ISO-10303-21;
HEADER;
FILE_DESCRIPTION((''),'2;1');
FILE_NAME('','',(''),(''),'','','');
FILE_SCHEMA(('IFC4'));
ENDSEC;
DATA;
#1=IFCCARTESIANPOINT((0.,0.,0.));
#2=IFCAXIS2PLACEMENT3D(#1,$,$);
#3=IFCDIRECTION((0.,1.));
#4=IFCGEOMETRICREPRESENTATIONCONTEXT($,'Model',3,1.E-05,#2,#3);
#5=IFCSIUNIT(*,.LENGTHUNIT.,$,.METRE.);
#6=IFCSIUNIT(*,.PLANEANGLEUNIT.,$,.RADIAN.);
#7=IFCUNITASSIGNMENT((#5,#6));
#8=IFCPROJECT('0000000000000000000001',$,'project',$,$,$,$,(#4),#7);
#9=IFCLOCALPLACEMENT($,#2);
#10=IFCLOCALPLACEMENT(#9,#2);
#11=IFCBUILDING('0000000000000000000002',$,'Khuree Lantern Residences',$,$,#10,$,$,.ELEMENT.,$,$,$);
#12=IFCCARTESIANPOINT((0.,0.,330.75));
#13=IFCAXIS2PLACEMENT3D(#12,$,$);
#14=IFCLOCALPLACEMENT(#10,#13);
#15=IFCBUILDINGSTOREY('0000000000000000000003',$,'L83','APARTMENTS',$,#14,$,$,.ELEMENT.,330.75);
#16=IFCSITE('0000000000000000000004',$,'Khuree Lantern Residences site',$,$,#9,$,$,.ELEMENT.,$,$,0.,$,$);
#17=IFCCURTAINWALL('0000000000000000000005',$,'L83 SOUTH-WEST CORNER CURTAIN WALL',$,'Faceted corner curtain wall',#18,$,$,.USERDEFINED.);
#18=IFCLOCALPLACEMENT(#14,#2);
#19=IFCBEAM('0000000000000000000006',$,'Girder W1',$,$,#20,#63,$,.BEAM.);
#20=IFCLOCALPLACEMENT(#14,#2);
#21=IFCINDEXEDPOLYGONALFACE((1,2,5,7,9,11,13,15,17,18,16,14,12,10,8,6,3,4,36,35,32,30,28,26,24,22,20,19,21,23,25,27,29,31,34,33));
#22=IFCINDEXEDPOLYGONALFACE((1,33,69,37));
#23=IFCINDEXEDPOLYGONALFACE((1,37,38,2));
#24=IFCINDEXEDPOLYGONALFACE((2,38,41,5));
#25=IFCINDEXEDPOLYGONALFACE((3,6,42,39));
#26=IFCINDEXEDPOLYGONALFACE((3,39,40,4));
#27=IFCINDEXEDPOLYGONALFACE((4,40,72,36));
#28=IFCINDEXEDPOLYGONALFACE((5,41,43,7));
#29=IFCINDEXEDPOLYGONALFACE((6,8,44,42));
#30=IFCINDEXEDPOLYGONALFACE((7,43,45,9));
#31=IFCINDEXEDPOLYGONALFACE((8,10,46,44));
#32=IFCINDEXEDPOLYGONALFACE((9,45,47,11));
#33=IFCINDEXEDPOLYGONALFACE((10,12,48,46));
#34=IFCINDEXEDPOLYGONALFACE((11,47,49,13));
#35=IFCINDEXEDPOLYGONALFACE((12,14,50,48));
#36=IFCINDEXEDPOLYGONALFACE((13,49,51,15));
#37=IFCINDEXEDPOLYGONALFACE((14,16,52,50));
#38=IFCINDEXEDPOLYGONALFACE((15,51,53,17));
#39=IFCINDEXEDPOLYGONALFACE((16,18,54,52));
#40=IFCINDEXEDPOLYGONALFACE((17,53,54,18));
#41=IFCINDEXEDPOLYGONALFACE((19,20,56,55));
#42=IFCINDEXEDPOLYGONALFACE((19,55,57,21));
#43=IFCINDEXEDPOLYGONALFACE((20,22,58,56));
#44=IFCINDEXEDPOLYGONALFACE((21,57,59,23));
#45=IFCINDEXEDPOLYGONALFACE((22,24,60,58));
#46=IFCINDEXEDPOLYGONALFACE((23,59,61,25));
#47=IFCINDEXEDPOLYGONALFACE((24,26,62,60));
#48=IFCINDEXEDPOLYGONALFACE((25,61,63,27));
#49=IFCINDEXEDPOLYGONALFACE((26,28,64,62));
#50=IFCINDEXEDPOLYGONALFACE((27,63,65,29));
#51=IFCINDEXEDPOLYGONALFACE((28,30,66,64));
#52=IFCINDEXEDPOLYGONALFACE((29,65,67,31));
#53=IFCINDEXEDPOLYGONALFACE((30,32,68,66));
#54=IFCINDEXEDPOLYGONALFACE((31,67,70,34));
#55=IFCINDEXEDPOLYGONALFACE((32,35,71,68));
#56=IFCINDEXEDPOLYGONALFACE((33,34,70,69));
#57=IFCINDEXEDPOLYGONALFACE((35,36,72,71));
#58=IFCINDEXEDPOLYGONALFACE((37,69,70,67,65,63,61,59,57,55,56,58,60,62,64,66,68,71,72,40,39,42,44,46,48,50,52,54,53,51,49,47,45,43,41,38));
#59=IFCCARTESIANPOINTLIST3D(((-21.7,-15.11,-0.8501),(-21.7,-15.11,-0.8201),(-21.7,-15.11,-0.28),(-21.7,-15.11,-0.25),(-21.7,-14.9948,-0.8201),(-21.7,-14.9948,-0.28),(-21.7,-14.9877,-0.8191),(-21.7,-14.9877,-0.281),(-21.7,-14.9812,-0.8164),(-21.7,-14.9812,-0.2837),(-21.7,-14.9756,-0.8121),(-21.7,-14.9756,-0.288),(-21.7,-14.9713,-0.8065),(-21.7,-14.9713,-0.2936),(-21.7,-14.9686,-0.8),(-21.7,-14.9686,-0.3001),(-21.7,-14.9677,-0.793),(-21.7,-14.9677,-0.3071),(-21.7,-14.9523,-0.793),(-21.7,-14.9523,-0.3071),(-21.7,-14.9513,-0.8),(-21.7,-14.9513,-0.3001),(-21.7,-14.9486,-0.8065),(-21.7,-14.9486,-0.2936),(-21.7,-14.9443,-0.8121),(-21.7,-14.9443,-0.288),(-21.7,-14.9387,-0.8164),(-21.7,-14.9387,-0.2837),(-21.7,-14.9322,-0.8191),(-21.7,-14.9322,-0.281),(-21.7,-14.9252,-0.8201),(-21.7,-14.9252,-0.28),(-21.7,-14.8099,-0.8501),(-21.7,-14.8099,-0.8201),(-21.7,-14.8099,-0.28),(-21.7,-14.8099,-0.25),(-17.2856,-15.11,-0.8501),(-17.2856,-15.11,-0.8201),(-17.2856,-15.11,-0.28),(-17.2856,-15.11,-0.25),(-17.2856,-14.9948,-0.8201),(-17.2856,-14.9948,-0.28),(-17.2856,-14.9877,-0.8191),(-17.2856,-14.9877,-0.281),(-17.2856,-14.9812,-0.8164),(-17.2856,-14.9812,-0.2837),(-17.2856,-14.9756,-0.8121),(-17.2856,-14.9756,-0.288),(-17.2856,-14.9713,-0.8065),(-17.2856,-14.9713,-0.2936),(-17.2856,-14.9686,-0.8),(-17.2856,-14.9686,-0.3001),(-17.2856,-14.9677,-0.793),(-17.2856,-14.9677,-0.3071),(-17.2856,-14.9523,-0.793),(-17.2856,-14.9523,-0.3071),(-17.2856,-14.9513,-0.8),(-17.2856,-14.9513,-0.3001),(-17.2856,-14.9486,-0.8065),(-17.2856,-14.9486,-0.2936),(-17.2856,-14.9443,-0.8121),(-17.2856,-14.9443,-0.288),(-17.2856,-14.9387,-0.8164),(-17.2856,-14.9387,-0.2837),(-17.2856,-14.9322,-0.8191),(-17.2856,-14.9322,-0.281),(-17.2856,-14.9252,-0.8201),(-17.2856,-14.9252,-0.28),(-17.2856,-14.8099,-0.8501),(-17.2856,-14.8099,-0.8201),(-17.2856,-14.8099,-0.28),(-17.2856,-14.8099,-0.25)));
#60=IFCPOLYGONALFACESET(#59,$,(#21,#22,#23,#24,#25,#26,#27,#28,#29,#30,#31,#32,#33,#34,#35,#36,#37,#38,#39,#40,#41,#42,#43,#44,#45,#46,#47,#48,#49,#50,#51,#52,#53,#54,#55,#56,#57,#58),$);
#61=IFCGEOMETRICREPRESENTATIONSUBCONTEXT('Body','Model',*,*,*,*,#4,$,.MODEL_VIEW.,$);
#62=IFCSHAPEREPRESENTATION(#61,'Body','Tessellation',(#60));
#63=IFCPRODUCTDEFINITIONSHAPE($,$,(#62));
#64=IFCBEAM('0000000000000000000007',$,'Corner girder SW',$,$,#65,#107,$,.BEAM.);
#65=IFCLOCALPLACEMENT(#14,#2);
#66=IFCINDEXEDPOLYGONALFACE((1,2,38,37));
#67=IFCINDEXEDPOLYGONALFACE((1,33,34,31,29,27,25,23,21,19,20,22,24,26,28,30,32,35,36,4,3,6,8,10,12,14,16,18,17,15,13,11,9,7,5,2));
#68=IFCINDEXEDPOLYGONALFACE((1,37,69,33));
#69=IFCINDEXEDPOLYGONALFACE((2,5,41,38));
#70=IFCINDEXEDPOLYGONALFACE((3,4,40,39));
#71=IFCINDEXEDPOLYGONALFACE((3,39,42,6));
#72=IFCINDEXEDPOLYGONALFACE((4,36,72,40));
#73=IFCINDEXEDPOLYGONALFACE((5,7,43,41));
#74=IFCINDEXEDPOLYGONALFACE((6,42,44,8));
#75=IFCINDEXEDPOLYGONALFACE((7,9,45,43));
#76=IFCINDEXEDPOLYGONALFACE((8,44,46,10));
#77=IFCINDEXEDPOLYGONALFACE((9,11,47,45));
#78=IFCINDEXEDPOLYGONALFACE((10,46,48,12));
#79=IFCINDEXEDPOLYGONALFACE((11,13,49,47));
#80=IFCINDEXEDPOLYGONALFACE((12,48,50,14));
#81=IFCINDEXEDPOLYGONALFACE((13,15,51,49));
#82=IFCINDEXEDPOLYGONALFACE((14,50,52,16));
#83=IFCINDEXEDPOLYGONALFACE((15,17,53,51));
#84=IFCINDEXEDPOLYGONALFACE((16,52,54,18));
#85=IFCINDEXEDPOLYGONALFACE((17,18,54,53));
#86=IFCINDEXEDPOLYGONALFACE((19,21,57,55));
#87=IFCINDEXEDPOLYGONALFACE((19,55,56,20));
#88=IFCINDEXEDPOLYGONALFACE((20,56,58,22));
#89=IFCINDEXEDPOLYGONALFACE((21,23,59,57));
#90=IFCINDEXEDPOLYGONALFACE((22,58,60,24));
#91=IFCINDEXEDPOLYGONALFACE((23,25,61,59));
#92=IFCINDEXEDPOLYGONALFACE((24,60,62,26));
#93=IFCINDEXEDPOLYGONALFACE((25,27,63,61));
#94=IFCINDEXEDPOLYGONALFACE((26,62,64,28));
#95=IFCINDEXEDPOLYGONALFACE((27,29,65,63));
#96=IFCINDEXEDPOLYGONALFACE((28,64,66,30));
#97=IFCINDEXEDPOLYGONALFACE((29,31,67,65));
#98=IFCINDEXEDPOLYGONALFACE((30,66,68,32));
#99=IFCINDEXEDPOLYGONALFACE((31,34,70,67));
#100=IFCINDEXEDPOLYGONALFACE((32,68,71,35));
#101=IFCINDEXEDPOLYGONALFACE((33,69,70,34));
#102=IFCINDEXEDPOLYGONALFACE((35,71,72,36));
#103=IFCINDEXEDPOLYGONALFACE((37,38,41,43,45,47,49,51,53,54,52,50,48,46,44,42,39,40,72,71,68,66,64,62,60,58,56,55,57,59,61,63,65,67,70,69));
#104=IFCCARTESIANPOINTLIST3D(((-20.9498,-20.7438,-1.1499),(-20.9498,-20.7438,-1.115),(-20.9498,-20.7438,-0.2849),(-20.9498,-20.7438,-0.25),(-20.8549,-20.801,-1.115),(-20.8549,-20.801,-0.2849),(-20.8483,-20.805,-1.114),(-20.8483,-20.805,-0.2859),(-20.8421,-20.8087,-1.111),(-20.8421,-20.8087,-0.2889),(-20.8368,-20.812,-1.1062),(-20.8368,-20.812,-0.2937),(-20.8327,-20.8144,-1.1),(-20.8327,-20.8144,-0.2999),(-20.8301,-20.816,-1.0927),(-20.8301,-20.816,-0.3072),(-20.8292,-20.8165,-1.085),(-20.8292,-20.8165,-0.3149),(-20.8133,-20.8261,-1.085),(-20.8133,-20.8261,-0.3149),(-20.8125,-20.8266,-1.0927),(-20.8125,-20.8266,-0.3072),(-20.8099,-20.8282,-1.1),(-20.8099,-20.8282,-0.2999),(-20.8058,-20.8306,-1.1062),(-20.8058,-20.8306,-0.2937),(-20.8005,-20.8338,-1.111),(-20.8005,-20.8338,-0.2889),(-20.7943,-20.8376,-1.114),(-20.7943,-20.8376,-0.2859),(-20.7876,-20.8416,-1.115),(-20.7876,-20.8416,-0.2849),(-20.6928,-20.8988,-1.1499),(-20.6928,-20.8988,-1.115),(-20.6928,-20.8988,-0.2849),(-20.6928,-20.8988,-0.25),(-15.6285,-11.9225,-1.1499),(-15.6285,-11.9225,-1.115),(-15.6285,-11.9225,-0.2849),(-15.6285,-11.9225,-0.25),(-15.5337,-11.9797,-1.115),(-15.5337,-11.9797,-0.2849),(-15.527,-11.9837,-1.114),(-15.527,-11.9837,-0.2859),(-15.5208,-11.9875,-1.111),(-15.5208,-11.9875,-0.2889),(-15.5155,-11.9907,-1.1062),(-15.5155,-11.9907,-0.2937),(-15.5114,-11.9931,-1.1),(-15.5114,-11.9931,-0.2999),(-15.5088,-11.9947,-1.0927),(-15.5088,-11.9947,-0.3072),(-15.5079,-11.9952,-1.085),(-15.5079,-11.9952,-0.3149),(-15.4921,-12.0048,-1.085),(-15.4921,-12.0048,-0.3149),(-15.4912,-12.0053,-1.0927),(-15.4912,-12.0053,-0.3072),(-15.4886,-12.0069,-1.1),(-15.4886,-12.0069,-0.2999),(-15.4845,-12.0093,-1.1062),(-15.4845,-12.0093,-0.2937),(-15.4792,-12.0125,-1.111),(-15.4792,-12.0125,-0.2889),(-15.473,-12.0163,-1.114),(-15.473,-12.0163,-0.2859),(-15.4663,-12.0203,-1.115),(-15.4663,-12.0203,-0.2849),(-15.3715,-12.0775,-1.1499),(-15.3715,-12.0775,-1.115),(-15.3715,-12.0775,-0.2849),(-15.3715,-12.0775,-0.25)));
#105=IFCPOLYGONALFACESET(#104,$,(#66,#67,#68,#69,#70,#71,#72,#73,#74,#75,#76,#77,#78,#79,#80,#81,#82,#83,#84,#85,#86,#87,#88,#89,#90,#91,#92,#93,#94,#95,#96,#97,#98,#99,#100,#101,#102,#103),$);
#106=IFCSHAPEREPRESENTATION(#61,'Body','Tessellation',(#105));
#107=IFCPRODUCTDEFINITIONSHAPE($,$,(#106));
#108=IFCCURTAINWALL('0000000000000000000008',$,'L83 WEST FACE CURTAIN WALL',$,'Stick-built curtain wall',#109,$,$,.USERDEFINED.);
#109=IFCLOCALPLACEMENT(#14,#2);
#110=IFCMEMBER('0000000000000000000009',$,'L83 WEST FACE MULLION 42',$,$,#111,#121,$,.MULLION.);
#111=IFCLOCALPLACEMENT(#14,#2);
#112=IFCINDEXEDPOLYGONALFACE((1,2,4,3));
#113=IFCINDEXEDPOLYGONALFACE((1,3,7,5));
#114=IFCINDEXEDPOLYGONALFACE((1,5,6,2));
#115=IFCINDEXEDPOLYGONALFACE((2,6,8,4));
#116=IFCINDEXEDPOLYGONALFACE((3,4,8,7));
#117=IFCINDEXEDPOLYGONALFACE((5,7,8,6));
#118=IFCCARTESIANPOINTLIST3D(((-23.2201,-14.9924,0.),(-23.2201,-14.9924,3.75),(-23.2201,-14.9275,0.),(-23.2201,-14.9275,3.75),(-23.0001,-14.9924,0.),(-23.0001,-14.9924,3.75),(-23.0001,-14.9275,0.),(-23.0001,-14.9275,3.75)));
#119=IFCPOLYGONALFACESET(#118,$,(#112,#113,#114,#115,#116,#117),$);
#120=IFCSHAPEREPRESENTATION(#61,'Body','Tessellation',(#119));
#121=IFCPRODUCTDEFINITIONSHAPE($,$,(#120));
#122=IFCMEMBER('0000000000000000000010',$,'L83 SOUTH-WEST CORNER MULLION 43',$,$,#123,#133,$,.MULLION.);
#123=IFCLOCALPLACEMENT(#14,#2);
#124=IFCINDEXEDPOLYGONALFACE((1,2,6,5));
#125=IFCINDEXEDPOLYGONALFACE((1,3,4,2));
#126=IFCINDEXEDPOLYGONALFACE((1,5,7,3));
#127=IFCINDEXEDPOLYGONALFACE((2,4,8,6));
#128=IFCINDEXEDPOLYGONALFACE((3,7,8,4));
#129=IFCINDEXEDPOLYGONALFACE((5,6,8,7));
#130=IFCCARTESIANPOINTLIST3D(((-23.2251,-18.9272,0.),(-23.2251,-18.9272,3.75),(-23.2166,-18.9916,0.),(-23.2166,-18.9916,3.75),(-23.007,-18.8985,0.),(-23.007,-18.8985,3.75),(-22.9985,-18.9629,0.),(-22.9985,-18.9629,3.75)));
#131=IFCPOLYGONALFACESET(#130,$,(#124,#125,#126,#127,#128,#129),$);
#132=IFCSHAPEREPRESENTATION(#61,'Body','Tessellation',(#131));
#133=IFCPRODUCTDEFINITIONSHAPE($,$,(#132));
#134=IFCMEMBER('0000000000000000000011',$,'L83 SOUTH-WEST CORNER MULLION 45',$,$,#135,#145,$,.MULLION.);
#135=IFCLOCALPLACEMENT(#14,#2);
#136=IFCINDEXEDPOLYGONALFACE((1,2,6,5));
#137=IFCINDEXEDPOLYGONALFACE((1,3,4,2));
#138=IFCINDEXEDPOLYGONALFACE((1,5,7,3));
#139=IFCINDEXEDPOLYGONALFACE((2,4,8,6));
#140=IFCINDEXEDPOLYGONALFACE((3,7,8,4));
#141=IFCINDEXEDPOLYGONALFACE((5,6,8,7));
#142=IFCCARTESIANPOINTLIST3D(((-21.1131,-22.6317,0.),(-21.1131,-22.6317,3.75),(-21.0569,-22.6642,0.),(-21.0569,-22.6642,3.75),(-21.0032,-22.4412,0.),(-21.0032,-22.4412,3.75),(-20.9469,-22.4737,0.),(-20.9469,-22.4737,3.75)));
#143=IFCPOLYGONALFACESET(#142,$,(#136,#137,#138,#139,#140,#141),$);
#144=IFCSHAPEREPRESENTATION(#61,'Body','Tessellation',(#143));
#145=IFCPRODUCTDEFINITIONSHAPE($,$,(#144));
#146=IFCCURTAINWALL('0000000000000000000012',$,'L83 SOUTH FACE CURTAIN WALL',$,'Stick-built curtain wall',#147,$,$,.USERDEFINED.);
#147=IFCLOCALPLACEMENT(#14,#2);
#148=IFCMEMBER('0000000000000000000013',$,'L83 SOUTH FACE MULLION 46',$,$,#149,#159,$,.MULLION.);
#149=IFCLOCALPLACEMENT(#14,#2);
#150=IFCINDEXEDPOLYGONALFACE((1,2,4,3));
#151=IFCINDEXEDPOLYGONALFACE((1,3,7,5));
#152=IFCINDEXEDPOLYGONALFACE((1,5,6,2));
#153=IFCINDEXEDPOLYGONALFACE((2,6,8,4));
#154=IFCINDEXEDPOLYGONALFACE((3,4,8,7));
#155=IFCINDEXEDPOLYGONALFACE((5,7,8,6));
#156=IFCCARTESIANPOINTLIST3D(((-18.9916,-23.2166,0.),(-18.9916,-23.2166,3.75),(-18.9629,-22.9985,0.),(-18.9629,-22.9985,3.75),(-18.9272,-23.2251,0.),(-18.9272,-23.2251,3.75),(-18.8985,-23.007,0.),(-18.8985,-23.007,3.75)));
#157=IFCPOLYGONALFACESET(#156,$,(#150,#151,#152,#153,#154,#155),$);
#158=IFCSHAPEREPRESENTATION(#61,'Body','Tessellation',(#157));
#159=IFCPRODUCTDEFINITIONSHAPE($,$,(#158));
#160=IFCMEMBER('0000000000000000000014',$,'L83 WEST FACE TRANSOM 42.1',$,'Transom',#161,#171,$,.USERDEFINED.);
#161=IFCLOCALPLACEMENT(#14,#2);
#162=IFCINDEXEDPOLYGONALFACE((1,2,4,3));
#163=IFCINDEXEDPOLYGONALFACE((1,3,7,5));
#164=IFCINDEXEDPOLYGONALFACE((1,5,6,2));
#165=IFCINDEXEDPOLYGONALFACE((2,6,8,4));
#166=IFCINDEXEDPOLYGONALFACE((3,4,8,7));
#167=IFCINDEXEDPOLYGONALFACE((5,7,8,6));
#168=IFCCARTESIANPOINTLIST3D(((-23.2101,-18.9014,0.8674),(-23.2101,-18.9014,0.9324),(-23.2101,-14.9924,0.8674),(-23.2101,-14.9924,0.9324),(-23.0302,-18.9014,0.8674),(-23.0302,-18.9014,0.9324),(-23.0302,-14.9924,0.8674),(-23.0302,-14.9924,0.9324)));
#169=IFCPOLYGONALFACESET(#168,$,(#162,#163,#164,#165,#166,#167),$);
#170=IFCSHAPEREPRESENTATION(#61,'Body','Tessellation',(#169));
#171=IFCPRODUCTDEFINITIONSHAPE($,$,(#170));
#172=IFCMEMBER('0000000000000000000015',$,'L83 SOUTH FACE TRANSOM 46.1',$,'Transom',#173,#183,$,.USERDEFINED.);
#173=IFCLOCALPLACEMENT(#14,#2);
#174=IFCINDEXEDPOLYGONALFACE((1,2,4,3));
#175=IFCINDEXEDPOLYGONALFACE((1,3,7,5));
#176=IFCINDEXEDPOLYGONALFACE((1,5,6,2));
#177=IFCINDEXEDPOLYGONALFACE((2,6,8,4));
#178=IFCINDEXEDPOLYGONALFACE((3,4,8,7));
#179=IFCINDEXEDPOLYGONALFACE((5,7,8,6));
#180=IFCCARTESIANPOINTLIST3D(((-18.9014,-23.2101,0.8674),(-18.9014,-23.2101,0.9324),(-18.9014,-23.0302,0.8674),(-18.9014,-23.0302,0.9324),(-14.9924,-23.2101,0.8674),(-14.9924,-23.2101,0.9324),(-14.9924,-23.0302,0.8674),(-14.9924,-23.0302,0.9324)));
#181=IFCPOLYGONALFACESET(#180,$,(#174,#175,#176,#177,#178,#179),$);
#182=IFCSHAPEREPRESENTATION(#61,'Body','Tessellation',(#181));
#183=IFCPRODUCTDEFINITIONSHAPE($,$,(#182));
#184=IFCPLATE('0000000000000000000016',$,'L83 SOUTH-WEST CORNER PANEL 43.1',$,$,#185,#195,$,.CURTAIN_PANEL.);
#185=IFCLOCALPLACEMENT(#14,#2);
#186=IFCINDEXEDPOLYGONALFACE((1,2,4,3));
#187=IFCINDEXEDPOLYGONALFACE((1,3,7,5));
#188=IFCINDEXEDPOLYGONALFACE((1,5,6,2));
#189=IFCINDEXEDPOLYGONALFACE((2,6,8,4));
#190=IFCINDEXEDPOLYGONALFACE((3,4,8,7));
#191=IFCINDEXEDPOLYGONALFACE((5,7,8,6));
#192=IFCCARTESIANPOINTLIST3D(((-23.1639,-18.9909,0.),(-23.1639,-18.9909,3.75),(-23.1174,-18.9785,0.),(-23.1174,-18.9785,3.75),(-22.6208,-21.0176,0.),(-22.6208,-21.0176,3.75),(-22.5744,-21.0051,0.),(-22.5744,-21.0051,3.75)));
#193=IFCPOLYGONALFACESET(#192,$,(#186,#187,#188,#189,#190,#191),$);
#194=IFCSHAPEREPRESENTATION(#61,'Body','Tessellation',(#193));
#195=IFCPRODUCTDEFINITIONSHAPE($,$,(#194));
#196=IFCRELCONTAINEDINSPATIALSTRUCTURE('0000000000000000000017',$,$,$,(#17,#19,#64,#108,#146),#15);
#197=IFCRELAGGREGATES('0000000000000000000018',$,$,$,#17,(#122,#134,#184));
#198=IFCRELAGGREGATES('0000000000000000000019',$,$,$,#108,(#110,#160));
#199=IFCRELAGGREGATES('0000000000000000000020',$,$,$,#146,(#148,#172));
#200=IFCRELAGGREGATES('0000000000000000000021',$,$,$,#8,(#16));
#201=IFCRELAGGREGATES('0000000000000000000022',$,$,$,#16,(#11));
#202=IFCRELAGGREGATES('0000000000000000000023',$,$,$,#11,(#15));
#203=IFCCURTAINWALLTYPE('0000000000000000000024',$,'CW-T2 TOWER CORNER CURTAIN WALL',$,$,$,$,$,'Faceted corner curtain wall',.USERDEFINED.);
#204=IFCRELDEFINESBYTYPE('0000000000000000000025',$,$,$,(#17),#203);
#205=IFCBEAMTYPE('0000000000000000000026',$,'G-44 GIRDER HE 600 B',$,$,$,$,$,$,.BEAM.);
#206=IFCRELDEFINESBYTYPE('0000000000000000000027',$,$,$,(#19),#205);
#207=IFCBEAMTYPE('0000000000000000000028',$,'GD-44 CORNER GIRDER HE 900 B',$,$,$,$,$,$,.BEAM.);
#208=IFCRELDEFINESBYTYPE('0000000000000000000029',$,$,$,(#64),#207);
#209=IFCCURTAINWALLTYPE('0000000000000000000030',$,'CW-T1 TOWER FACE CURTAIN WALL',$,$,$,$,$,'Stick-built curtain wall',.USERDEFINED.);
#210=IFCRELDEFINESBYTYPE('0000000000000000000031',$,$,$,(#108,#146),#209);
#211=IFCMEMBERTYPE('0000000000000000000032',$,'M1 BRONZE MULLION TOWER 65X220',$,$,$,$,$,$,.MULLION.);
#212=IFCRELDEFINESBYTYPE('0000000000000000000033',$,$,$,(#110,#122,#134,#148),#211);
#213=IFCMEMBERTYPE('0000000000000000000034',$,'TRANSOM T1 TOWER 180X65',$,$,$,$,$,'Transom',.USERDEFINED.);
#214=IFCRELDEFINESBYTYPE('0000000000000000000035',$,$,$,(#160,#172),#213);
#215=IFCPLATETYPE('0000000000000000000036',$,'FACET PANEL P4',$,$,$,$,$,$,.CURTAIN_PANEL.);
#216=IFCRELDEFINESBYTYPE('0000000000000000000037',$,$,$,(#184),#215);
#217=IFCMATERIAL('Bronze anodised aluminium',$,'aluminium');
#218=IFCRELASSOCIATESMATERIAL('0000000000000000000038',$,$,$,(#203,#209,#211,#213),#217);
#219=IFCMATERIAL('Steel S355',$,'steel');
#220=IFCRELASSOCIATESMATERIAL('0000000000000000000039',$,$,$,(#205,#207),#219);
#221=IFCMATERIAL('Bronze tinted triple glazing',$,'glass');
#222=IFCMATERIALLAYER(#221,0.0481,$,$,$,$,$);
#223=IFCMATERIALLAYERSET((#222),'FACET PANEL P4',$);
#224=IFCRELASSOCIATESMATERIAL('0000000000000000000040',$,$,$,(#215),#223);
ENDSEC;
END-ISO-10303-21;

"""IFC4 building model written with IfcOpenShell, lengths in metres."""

from ifc_helpers import new_model, si_unit, direction, frame, origin, origin_2d, place, context, subcontext, project, spatial, rectangle, i_section, extrude, material, layer, layer_set, material_profile, profile_set, type_object, element, aggregate, save


model = new_model("IFC4")

# Units and contexts
model_context = context("Model", 3, precision=1e-05, world=origin(), true_north=direction((0.0, 1.0)))
body_context = subcontext(model_context, "Body", "Model", "MODEL_VIEW")
ifc_project = project(units=[si_unit("LENGTHUNIT", "METRE"), si_unit("PLANEANGLEUNIT", "RADIAN")], contexts=[model_context])

# Site, building, storey
site_placement = place(None, origin())
site = spatial("IfcSite", under=ifc_project, at=site_placement, Name="Khuree Lantern Residences site", CompositionType="ELEMENT", RefElevation=0.0)
building_placement = place(site_placement, origin())
building = spatial("IfcBuilding", under=site, at=building_placement, Name="Khuree Lantern Residences", CompositionType="ELEMENT")
storey_placement = place(building_placement, frame((0.0, 0.0, 330.75)))
storey = spatial("IfcBuildingStorey", under=building, at=storey_placement, Name="L83", Description="APARTMENTS", CompositionType="ELEMENT", Elevation=330.75)

# Shared definitions
ifc_material_1 = material(Name="Steel S355", Category="steel")

# Curtain wall
ifc_material_2 = material(Name="Bronze anodised aluminium", Category="aluminium")
curtain_wall_type_1 = type_object("IfcCurtainWallType", Name="CW-T2 TOWER CORNER CURTAIN WALL", ElementType="Faceted corner curtain wall", PredefinedType="USERDEFINED", material=ifc_material_2)
curtain_wall_1_placement = place(storey_placement, origin())
curtain_wall_1 = element("IfcCurtainWall", 1, at=curtain_wall_1_placement, inside=storey, type_object=curtain_wall_type_1, Name="L83 SOUTH-WEST CORNER CURTAIN WALL", ObjectType="Faceted corner curtain wall", PredefinedType="USERDEFINED")

# Beams
ifc_material_profile_1 = material_profile(ifc_material_1, i_section(OverallWidth=0.3, OverallDepth=0.6001, WebThickness=0.0154, FlangeThickness=0.03, FilletRadius=0.0271, at=origin_2d()), Name="HE 600 B")
ifc_profile_set_1 = profile_set([ifc_material_profile_1], Name="Steel S355")
beam_type_1 = type_object("IfcBeamType", Name="G-44 GIRDER HE 600 B", PredefinedType="BEAM", material=ifc_profile_set_1)
beam_1_placement = place(storey_placement, frame((-21.7, -14.96, -0.55), z_axis=(1.0, 0.0, 0.0), x_axis=(0.0, 1.0, 0.0)))
element("IfcBeam", 2, at=beam_1_placement, inside=storey, type_object=beam_type_1, Name="Girder W1", PredefinedType="BEAM", context=body_context, shape_type="SweptSolid", body=[
    extrude(i_section(OverallWidth=0.3, OverallDepth=0.6001, WebThickness=0.0154, FlangeThickness=0.03, FilletRadius=0.0271, at=origin_2d()), origin(), (0.0, 0.0, 1.0), 4.4143),
])
ifc_material_profile_2 = material_profile(ifc_material_1, i_section(OverallWidth=0.3, OverallDepth=0.8999, WebThickness=0.0186, FlangeThickness=0.0349, FilletRadius=0.03, at=origin_2d()), Name="HE 900 B")
ifc_profile_set_2 = profile_set([ifc_material_profile_2], Name="Steel S355")
beam_type_2 = type_object("IfcBeamType", Name="GD-44 CORNER GIRDER HE 900 B", PredefinedType="BEAM", material=ifc_profile_set_2)
beam_2_placement = place(storey_placement, frame((-20.8213, -20.8213, -0.7), z_axis=(0.51653, 0.856269, 0.0), x_axis=(-0.856269, 0.51653, 0.0)))
element("IfcBeam", 3, at=beam_2_placement, inside=storey, type_object=beam_type_2, Name="Corner girder SW", PredefinedType="BEAM", context=body_context, shape_type="SweptSolid", body=[
    extrude(i_section(OverallWidth=0.3, OverallDepth=0.8999, WebThickness=0.0186, FlangeThickness=0.0349, FilletRadius=0.03, at=origin_2d()), origin(), (0.0, 0.0, 1.0), 10.302),
])

# Curtain wall, member
curtain_wall_type_2 = type_object("IfcCurtainWallType", Name="CW-T1 TOWER FACE CURTAIN WALL", ElementType="Stick-built curtain wall", PredefinedType="USERDEFINED", material=ifc_material_2)
curtain_wall_2_placement = place(storey_placement, origin())
curtain_wall_2 = element("IfcCurtainWall", 4, at=curtain_wall_2_placement, inside=storey, type_object=curtain_wall_type_2, Name="L83 WEST FACE CURTAIN WALL", ObjectType="Stick-built curtain wall", PredefinedType="USERDEFINED")
ifc_material_profile_3 = material_profile(ifc_material_2, rectangle(XDim=0.0649, YDim=0.22, at=origin_2d()), Name="M1 65X220")
ifc_profile_set_3 = profile_set([ifc_material_profile_3], Name="Bronze anodised aluminium")
member_type_1 = type_object("IfcMemberType", Name="M1 BRONZE MULLION TOWER 65X220", PredefinedType="MULLION", material=ifc_profile_set_3)
member_1_placement = place(storey_placement, frame((-23.1101, -14.96, 0.0), z_axis=(0.0, 0.0, 1.0), x_axis=(0.0, -1.0, 0.0)))
member_1 = element("IfcMember", 5, at=member_1_placement, type_object=member_type_1, Name="L83 WEST FACE MULLION 42", PredefinedType="MULLION", context=body_context, shape_type="SweptSolid", body=[
    extrude(rectangle(XDim=0.0649, YDim=0.22, at=origin_2d()), origin(), (0.0, 0.0, 1.0), 3.75),
])

# Members
member_2_placement = place(storey_placement, frame((-23.1118, -18.9451, 0.0), z_axis=(0.0, 0.0, 1.0), x_axis=(0.130526, -0.991445, 0.0)))
member_2 = element("IfcMember", 6, at=member_2_placement, type_object=member_type_1, Name="L83 SOUTH-WEST CORNER MULLION 43", PredefinedType="MULLION", context=body_context, shape_type="SweptSolid", body=[
    extrude(rectangle(XDim=0.0649, YDim=0.22, at=origin_2d()), origin(), (0.0, 0.0, 1.0), 3.75),
])
member_3_placement = place(storey_placement, frame((-21.03, -22.5527, 0.0), z_axis=(0.0, 0.0, 1.0), x_axis=(0.866025, -0.5, 0.0)))
member_3 = element("IfcMember", 7, at=member_3_placement, type_object=member_type_1, Name="L83 SOUTH-WEST CORNER MULLION 45", PredefinedType="MULLION", context=body_context, shape_type="SweptSolid", body=[
    extrude(rectangle(XDim=0.0649, YDim=0.22, at=origin_2d()), origin(), (0.0, 0.0, 1.0), 3.75),
])

# Curtain wall, member
curtain_wall_3_placement = place(storey_placement, origin())
curtain_wall_3 = element("IfcCurtainWall", 8, at=curtain_wall_3_placement, inside=storey, type_object=curtain_wall_type_2, Name="L83 SOUTH FACE CURTAIN WALL", ObjectType="Stick-built curtain wall", PredefinedType="USERDEFINED")
member_4_placement = place(storey_placement, frame((-18.9451, -23.1118, 0.0), z_axis=(0.0, 0.0, 1.0), x_axis=(0.991445, -0.130526, 0.0)))
member_4 = element("IfcMember", 9, at=member_4_placement, type_object=member_type_1, Name="L83 SOUTH FACE MULLION 46", PredefinedType="MULLION", context=body_context, shape_type="SweptSolid", body=[
    extrude(rectangle(XDim=0.0649, YDim=0.22, at=origin_2d()), origin(), (0.0, 0.0, 1.0), 3.75),
])

# Members
ifc_material_profile_4 = material_profile(ifc_material_2, rectangle(XDim=0.1799, YDim=0.0649, at=origin_2d()), Name="T1 180X65")
ifc_profile_set_4 = profile_set([ifc_material_profile_4], Name="Bronze anodised aluminium")
member_type_2 = type_object("IfcMemberType", Name="TRANSOM T1 TOWER 180X65", ElementType="Transom", PredefinedType="USERDEFINED", material=ifc_profile_set_4)
member_5_placement = place(storey_placement, frame((-23.1201, -14.9924, 0.8999), z_axis=(0.0, -1.0, 0.0), x_axis=(1.0, 0.0, 0.0)))
member_5 = element("IfcMember", 10, at=member_5_placement, type_object=member_type_2, Name="L83 WEST FACE TRANSOM 42.1", ObjectType="Transom", PredefinedType="USERDEFINED", context=body_context, shape_type="SweptSolid", body=[
    extrude(rectangle(XDim=0.1799, YDim=0.0649, at=origin_2d()), origin(), (0.0, 0.0, 1.0), 3.9089),
])
member_6_placement = place(storey_placement, frame((-18.9014, -23.1201, 0.8999), z_axis=(1.0, 0.0, 0.0), x_axis=(0.0, 1.0, 0.0)))
member_6 = element("IfcMember", 11, at=member_6_placement, type_object=member_type_2, Name="L83 SOUTH FACE TRANSOM 46.1", ObjectType="Transom", PredefinedType="USERDEFINED", context=body_context, shape_type="SweptSolid", body=[
    extrude(rectangle(XDim=0.1799, YDim=0.0649, at=origin_2d()), origin(), (0.0, 0.0, 1.0), 3.9089),
])

# Plate
ifc_material_3 = material(Name="Bronze tinted triple glazing", Category="glass")
ifc_layer_1 = layer(ifc_material_3, 0.0481)
ifc_layer_set_1 = layer_set([ifc_layer_1], Name="FACET PANEL P4")
plate_type_1 = type_object("IfcPlateType", Name="FACET PANEL P4", PredefinedType="CURTAIN_PANEL", material=ifc_layer_set_1)
plate_1_placement = place(storey_placement, frame((-22.8691, -19.998, 0.0), z_axis=(0.0, 0.0, 1.0), x_axis=(0.258819, -0.965926, 0.0)))
plate_1 = element("IfcPlate", 12, at=plate_1_placement, type_object=plate_type_1, Name="L83 SOUTH-WEST CORNER PANEL 43.1", PredefinedType="CURTAIN_PANEL", context=body_context, shape_type="SweptSolid", body=[
    extrude(rectangle(XDim=2.0981, YDim=0.0481, at=origin_2d()), origin(), (0.0, 0.0, 1.0), 3.75),
])
aggregate(curtain_wall_1, [member_2, member_3, plate_1])
aggregate(curtain_wall_2, [member_1, member_5])
aggregate(curtain_wall_3, [member_4, member_6])

save(model, "model.ifc")
